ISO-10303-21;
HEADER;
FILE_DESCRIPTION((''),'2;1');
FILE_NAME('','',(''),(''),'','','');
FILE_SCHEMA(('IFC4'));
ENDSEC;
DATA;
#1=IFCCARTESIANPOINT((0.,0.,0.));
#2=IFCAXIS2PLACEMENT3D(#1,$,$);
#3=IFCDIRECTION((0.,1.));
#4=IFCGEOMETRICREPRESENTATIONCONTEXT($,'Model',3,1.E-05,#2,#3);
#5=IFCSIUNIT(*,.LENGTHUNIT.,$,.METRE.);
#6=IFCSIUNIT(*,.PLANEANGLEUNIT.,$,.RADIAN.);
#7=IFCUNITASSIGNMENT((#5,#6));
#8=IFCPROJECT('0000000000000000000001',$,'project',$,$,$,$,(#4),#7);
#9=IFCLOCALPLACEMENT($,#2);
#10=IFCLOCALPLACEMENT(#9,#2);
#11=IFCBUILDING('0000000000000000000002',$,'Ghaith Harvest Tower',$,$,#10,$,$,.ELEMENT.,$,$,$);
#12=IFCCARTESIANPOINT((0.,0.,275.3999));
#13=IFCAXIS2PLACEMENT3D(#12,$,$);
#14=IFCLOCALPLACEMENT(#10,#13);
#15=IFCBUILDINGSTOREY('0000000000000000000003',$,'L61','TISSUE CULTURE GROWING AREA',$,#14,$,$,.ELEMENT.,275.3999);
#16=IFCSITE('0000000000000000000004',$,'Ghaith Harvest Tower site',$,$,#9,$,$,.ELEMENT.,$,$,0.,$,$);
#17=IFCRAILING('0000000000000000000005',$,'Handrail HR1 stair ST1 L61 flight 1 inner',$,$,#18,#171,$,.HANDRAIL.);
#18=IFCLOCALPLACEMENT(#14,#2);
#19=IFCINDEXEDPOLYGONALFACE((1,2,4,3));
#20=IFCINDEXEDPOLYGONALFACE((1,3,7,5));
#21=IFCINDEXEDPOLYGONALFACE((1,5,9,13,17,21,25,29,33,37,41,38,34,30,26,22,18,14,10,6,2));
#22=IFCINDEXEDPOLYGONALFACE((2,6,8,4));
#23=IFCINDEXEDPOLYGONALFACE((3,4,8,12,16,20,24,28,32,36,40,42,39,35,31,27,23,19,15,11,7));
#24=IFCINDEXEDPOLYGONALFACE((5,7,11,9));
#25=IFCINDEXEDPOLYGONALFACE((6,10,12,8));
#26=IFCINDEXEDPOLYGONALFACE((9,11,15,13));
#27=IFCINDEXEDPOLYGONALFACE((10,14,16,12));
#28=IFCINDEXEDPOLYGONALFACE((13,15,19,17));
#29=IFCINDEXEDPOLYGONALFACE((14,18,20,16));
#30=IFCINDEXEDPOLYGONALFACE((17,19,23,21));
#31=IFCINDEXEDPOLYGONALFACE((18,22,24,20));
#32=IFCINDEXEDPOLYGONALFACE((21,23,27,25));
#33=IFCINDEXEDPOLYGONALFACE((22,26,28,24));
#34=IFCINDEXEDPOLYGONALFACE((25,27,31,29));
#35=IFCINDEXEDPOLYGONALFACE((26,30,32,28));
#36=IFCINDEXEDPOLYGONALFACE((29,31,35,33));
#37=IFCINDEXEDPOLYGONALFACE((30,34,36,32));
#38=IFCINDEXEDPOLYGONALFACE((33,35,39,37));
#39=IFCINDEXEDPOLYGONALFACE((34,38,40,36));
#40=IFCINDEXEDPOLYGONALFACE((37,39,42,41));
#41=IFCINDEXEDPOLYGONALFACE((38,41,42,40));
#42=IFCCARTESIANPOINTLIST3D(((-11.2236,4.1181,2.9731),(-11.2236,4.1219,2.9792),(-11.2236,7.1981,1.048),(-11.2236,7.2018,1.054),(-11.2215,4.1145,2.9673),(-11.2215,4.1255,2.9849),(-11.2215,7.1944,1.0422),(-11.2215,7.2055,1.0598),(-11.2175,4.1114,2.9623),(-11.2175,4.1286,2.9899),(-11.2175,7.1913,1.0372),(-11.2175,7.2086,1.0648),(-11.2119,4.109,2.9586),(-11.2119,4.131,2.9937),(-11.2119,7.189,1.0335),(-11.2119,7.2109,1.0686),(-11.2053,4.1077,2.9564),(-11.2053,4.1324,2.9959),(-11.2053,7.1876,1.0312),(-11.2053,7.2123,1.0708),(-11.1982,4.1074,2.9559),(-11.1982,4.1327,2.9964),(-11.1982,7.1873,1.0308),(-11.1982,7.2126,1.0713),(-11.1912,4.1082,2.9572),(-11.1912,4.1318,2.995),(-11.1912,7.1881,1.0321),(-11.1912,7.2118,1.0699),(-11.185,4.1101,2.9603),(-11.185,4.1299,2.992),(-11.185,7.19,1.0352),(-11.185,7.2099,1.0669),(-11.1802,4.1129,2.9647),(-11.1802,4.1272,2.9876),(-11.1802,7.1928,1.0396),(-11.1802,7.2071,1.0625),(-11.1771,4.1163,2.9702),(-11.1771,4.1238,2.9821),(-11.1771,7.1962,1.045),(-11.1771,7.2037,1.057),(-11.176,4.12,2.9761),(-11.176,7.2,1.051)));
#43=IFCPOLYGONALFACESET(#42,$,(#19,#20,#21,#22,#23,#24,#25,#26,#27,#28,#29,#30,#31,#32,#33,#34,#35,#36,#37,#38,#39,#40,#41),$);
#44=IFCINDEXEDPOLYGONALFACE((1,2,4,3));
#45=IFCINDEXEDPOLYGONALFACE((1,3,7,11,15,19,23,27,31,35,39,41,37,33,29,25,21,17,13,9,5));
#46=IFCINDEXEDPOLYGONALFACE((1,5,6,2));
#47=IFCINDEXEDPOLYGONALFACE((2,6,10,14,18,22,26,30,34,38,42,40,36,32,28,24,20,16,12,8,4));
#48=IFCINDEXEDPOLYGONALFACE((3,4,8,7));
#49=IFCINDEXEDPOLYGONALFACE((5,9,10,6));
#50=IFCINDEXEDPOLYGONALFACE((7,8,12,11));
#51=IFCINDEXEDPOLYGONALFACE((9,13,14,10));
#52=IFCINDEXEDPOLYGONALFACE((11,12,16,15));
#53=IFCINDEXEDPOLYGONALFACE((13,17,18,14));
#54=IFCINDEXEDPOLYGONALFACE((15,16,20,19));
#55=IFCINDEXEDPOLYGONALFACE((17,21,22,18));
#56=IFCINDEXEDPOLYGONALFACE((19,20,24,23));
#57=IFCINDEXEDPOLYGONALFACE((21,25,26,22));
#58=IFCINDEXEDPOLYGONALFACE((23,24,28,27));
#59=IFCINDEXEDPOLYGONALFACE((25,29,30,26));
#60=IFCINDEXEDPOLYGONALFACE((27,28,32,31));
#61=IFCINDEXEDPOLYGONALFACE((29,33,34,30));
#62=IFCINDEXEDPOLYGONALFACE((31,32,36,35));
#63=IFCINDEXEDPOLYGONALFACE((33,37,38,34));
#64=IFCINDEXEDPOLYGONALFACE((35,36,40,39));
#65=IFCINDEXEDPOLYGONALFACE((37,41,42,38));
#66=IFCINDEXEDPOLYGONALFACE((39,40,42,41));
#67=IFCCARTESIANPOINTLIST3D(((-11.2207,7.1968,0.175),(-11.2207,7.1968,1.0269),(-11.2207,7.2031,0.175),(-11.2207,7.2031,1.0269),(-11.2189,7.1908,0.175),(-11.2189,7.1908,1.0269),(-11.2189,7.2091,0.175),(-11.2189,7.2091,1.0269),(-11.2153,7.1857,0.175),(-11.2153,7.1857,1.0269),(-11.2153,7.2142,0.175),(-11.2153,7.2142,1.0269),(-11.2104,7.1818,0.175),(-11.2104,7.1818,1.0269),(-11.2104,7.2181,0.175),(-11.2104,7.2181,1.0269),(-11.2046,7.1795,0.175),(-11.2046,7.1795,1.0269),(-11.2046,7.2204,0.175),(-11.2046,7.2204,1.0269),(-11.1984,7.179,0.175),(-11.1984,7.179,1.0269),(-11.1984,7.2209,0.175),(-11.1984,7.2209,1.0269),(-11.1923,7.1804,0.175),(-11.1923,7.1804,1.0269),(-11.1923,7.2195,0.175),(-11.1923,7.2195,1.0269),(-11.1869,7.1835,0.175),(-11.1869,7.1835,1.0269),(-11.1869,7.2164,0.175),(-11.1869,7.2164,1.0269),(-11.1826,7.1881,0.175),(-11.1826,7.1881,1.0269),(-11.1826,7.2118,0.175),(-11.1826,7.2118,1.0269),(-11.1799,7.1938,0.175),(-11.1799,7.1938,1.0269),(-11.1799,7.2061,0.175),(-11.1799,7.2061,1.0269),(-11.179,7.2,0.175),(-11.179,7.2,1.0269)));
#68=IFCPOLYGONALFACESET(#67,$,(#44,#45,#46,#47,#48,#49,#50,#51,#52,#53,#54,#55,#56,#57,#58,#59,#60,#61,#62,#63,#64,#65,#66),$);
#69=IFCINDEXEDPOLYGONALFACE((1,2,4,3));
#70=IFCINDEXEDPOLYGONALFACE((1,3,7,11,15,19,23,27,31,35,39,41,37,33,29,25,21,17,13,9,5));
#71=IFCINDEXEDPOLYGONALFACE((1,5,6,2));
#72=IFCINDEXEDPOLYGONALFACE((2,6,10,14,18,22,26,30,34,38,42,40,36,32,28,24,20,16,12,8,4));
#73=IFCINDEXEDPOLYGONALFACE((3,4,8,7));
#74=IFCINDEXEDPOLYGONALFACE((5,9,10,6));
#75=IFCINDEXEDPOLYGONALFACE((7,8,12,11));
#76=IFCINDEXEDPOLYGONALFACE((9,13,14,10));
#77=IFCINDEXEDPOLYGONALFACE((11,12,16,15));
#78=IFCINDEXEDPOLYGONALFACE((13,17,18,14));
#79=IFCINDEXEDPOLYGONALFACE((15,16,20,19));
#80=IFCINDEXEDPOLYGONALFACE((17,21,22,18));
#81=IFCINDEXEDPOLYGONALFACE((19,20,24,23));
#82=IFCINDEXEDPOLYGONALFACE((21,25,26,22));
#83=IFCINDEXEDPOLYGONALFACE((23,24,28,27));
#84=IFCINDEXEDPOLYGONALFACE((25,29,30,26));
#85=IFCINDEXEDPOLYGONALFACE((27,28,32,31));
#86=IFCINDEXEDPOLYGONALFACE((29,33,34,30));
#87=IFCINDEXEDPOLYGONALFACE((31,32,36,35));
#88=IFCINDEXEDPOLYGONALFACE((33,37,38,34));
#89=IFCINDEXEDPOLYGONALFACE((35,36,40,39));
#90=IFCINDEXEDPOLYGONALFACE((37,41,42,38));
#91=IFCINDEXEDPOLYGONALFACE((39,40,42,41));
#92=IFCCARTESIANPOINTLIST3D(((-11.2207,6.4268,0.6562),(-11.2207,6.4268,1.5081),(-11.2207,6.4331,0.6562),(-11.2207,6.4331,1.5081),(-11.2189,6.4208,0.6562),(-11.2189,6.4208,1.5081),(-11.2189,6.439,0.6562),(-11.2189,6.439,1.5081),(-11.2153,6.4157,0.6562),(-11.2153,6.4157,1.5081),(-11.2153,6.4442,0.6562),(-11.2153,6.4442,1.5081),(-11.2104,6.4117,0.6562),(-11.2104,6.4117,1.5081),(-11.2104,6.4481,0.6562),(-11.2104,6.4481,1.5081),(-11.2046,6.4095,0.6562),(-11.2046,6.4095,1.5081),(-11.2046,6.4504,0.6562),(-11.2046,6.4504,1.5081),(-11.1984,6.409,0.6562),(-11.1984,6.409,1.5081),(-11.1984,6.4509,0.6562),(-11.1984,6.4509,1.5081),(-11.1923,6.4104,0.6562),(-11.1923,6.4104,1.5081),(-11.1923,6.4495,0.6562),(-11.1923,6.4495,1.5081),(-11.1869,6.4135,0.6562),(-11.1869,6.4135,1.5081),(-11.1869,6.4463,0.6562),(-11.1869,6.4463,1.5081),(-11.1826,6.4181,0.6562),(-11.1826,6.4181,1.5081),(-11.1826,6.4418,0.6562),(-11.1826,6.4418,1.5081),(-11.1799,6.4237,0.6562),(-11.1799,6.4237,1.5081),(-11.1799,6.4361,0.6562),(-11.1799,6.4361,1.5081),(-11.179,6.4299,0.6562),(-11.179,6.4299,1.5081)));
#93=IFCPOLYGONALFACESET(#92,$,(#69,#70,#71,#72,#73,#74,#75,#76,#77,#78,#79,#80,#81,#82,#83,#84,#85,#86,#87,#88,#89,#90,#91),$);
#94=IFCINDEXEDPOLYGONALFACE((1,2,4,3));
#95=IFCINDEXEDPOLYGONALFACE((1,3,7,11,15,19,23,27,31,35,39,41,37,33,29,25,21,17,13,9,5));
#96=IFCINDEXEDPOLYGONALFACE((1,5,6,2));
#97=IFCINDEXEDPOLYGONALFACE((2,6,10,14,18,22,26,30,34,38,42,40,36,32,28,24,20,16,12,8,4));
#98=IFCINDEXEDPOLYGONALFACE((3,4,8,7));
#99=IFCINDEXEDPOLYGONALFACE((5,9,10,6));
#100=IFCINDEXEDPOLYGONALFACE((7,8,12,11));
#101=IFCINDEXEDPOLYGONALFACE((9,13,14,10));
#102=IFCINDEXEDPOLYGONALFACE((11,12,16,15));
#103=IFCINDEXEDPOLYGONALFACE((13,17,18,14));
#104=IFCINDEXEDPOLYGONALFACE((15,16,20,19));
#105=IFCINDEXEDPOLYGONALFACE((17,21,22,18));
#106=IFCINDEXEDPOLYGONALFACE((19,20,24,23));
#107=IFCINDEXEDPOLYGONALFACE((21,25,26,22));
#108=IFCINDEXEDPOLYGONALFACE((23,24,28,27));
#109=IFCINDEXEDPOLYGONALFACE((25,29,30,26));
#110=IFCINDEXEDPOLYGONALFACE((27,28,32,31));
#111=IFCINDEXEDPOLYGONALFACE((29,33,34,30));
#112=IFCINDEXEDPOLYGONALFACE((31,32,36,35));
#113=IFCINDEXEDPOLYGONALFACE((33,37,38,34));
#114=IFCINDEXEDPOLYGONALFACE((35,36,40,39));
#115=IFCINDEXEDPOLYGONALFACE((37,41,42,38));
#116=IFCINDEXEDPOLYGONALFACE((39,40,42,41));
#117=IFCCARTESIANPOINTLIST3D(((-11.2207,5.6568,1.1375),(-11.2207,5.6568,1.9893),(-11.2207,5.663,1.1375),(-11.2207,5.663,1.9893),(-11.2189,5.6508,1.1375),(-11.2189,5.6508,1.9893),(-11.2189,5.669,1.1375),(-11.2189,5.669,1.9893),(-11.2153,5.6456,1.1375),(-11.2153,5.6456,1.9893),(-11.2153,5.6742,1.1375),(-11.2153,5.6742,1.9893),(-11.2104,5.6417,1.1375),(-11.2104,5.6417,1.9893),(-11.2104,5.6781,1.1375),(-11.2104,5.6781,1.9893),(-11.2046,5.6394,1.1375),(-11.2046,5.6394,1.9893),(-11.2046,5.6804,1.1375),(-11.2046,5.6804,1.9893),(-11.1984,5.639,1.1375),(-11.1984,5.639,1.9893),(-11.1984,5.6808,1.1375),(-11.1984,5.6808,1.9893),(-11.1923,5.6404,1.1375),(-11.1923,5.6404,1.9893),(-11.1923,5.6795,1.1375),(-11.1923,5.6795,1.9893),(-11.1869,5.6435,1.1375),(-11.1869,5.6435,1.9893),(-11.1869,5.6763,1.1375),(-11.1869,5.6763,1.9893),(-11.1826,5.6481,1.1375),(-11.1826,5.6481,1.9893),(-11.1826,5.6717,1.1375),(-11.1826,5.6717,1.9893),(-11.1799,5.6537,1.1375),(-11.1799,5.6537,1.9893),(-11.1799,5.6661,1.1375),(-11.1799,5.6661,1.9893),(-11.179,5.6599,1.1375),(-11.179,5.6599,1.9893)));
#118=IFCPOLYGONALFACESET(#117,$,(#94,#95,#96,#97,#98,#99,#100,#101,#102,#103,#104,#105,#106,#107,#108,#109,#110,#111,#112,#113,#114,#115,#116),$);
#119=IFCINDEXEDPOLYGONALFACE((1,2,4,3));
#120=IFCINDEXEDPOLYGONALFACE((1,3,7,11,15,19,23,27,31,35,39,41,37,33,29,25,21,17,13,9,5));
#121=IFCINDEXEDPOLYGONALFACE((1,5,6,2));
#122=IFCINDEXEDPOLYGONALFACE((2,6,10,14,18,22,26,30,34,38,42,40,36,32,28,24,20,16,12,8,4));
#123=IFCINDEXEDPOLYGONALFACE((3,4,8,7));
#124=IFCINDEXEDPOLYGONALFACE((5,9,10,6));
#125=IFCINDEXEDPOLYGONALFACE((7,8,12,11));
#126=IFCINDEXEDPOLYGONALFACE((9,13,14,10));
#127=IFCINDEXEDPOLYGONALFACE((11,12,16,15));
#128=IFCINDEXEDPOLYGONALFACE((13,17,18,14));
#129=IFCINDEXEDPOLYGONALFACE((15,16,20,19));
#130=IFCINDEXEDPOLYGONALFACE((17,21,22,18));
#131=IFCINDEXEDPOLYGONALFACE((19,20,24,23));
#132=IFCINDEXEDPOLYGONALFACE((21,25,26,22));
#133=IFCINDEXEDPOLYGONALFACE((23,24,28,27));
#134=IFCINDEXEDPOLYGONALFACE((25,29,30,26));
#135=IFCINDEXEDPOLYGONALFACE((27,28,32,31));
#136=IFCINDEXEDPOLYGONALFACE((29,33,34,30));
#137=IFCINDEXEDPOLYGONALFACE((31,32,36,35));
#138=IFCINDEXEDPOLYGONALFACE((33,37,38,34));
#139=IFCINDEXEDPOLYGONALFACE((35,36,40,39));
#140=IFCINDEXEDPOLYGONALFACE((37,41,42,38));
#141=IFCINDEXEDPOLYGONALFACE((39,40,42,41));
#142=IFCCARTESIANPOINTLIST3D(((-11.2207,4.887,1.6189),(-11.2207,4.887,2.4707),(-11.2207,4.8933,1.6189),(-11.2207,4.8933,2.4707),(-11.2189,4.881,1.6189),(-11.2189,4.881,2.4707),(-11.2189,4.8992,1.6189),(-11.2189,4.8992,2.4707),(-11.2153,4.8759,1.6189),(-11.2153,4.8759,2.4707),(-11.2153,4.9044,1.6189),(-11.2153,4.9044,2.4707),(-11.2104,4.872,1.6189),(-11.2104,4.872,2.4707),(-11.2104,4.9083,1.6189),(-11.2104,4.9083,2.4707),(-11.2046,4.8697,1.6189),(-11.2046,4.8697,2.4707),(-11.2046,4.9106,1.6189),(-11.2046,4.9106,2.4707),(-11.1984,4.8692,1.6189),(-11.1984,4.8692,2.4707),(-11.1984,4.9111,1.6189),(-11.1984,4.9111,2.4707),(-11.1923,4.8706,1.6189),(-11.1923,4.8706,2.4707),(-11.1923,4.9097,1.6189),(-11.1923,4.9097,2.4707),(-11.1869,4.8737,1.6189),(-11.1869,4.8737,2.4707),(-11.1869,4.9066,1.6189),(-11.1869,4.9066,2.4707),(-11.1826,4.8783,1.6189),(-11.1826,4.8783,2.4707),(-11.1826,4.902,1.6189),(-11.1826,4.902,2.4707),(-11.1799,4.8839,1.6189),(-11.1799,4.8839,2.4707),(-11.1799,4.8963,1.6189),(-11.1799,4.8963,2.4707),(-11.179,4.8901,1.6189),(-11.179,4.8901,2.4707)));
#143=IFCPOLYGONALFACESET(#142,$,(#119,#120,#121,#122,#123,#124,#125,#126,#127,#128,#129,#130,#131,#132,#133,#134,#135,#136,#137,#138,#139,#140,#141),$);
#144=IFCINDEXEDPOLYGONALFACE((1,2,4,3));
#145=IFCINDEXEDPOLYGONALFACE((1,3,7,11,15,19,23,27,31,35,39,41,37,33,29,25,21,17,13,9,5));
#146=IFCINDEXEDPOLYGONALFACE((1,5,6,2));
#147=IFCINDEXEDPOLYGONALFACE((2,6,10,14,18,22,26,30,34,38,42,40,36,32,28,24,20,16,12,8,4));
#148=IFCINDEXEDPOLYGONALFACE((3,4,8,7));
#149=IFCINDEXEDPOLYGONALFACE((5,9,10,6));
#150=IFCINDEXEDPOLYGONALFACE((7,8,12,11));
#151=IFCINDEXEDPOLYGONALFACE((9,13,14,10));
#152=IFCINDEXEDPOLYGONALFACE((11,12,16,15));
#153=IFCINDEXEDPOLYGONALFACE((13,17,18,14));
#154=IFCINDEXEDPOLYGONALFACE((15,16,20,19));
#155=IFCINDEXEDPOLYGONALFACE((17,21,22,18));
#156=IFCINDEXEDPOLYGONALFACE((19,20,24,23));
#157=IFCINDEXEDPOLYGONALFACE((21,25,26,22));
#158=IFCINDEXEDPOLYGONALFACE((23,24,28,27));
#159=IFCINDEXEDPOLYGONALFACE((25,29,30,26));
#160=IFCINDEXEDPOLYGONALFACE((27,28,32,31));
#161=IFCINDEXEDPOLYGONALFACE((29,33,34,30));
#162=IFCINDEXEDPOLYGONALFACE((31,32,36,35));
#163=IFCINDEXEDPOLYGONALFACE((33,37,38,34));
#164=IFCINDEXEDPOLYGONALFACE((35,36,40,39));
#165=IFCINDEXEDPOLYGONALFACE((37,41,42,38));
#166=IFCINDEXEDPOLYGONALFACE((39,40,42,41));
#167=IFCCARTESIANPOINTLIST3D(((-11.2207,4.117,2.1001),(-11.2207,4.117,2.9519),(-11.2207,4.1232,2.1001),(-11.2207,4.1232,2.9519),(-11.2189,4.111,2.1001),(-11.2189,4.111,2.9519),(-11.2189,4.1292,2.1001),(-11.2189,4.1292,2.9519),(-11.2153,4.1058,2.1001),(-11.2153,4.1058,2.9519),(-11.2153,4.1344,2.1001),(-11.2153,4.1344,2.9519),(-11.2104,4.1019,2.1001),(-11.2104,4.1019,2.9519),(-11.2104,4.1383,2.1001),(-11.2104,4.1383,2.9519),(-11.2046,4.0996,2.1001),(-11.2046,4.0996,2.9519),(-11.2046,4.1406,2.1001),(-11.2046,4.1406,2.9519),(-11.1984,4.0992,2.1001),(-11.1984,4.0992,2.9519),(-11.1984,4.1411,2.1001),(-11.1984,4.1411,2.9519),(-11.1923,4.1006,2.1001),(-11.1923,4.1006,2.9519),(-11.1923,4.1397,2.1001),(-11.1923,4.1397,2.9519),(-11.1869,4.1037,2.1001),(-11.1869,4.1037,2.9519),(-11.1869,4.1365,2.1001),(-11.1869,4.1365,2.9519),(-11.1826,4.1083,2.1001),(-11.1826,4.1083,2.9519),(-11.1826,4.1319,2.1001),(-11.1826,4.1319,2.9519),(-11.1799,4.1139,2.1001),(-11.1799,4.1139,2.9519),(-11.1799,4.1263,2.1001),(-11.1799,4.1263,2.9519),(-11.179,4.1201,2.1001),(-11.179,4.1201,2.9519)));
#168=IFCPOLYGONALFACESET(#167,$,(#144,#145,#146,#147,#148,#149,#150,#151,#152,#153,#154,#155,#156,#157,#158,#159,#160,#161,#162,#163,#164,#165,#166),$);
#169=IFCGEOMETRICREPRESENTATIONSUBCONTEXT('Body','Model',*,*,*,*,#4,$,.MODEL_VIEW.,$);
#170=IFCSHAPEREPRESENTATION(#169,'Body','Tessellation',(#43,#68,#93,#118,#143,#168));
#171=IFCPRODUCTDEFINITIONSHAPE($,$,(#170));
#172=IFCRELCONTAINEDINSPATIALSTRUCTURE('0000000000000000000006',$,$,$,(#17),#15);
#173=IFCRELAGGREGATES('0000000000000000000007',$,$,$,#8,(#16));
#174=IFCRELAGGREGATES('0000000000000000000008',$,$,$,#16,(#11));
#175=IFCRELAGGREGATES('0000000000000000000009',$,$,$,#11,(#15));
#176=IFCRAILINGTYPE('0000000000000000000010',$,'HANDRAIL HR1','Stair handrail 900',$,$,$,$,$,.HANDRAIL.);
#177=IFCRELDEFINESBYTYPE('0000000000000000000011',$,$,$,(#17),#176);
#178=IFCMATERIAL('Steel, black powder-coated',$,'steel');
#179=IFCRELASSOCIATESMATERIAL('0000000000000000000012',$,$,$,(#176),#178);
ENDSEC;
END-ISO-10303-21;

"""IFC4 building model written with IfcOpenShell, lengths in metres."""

from ifc_helpers import new_model, si_unit, direction, frame, origin, origin_2d, place, context, subcontext, project, spatial, circle, extrude, material, type_object, element, save


model = new_model("IFC4")

# Units and contexts
model_context = context("Model", 3, precision=1e-05, world=origin(), true_north=direction((0.0, 1.0)))
body_context = subcontext(model_context, "Body", "Model", "MODEL_VIEW")
ifc_project = project(units=[si_unit("LENGTHUNIT", "METRE"), si_unit("PLANEANGLEUNIT", "RADIAN")], contexts=[model_context])

# Site, building, storey
site_placement = place(None, origin())
site = spatial("IfcSite", under=ifc_project, at=site_placement, Name="Ghaith Harvest Tower site", CompositionType="ELEMENT", RefElevation=0.0)
building_placement = place(site_placement, origin())
building = spatial("IfcBuilding", under=site, at=building_placement, Name="Ghaith Harvest Tower", CompositionType="ELEMENT")
storey_placement = place(building_placement, frame((0.0, 0.0, 275.3999)))
storey = spatial("IfcBuildingStorey", under=building, at=storey_placement, Name="L61", Description="TISSUE CULTURE GROWING AREA", CompositionType="ELEMENT", Elevation=275.3999)

# Railing
ifc_material_1 = material(Name="Steel, black powder-coated", Category="steel")
railing_type = type_object("IfcRailingType", Name="HANDRAIL HR1", Description="Stair handrail 900", PredefinedType="HANDRAIL", material=ifc_material_1)
railing_1_placement = place(storey_placement, frame((-11.2, 7.2, 0.175)))
element("IfcRailing", 1, at=railing_1_placement, inside=storey, type_object=railing_type, Name="Handrail HR1 stair ST1 L61 flight 1 inner", PredefinedType="HANDRAIL", context=body_context, shape_type="SweptSolid", body=[
    extrude(circle(Radius=0.0239, at=origin_2d()), frame((0.0, 0.0, 0.876), z_axis=(0.0, -0.847979, 0.530029), x_axis=(1.0, 0.0, 0.0)), (0.0, 0.0, 1.0), 3.6321),
    extrude(circle(Radius=0.021, at=origin_2d()), origin(), (0.0, 0.0, 1.0), 0.8518),
    extrude(circle(Radius=0.021, at=origin_2d()), frame((0.0, -0.77, 0.4812)), (0.0, 0.0, 1.0), 0.8518),
    extrude(circle(Radius=0.021, at=origin_2d()), frame((0.0, -1.54, 0.9624)), (0.0, 0.0, 1.0), 0.8518),
    extrude(circle(Radius=0.021, at=origin_2d()), frame((0.0, -2.3098, 1.4438)), (0.0, 0.0, 1.0), 0.8518),
    extrude(circle(Radius=0.021, at=origin_2d()), frame((0.0, -3.0798, 1.925)), (0.0, 0.0, 1.0), 0.8518),
])

save(model, "model.ifc")
